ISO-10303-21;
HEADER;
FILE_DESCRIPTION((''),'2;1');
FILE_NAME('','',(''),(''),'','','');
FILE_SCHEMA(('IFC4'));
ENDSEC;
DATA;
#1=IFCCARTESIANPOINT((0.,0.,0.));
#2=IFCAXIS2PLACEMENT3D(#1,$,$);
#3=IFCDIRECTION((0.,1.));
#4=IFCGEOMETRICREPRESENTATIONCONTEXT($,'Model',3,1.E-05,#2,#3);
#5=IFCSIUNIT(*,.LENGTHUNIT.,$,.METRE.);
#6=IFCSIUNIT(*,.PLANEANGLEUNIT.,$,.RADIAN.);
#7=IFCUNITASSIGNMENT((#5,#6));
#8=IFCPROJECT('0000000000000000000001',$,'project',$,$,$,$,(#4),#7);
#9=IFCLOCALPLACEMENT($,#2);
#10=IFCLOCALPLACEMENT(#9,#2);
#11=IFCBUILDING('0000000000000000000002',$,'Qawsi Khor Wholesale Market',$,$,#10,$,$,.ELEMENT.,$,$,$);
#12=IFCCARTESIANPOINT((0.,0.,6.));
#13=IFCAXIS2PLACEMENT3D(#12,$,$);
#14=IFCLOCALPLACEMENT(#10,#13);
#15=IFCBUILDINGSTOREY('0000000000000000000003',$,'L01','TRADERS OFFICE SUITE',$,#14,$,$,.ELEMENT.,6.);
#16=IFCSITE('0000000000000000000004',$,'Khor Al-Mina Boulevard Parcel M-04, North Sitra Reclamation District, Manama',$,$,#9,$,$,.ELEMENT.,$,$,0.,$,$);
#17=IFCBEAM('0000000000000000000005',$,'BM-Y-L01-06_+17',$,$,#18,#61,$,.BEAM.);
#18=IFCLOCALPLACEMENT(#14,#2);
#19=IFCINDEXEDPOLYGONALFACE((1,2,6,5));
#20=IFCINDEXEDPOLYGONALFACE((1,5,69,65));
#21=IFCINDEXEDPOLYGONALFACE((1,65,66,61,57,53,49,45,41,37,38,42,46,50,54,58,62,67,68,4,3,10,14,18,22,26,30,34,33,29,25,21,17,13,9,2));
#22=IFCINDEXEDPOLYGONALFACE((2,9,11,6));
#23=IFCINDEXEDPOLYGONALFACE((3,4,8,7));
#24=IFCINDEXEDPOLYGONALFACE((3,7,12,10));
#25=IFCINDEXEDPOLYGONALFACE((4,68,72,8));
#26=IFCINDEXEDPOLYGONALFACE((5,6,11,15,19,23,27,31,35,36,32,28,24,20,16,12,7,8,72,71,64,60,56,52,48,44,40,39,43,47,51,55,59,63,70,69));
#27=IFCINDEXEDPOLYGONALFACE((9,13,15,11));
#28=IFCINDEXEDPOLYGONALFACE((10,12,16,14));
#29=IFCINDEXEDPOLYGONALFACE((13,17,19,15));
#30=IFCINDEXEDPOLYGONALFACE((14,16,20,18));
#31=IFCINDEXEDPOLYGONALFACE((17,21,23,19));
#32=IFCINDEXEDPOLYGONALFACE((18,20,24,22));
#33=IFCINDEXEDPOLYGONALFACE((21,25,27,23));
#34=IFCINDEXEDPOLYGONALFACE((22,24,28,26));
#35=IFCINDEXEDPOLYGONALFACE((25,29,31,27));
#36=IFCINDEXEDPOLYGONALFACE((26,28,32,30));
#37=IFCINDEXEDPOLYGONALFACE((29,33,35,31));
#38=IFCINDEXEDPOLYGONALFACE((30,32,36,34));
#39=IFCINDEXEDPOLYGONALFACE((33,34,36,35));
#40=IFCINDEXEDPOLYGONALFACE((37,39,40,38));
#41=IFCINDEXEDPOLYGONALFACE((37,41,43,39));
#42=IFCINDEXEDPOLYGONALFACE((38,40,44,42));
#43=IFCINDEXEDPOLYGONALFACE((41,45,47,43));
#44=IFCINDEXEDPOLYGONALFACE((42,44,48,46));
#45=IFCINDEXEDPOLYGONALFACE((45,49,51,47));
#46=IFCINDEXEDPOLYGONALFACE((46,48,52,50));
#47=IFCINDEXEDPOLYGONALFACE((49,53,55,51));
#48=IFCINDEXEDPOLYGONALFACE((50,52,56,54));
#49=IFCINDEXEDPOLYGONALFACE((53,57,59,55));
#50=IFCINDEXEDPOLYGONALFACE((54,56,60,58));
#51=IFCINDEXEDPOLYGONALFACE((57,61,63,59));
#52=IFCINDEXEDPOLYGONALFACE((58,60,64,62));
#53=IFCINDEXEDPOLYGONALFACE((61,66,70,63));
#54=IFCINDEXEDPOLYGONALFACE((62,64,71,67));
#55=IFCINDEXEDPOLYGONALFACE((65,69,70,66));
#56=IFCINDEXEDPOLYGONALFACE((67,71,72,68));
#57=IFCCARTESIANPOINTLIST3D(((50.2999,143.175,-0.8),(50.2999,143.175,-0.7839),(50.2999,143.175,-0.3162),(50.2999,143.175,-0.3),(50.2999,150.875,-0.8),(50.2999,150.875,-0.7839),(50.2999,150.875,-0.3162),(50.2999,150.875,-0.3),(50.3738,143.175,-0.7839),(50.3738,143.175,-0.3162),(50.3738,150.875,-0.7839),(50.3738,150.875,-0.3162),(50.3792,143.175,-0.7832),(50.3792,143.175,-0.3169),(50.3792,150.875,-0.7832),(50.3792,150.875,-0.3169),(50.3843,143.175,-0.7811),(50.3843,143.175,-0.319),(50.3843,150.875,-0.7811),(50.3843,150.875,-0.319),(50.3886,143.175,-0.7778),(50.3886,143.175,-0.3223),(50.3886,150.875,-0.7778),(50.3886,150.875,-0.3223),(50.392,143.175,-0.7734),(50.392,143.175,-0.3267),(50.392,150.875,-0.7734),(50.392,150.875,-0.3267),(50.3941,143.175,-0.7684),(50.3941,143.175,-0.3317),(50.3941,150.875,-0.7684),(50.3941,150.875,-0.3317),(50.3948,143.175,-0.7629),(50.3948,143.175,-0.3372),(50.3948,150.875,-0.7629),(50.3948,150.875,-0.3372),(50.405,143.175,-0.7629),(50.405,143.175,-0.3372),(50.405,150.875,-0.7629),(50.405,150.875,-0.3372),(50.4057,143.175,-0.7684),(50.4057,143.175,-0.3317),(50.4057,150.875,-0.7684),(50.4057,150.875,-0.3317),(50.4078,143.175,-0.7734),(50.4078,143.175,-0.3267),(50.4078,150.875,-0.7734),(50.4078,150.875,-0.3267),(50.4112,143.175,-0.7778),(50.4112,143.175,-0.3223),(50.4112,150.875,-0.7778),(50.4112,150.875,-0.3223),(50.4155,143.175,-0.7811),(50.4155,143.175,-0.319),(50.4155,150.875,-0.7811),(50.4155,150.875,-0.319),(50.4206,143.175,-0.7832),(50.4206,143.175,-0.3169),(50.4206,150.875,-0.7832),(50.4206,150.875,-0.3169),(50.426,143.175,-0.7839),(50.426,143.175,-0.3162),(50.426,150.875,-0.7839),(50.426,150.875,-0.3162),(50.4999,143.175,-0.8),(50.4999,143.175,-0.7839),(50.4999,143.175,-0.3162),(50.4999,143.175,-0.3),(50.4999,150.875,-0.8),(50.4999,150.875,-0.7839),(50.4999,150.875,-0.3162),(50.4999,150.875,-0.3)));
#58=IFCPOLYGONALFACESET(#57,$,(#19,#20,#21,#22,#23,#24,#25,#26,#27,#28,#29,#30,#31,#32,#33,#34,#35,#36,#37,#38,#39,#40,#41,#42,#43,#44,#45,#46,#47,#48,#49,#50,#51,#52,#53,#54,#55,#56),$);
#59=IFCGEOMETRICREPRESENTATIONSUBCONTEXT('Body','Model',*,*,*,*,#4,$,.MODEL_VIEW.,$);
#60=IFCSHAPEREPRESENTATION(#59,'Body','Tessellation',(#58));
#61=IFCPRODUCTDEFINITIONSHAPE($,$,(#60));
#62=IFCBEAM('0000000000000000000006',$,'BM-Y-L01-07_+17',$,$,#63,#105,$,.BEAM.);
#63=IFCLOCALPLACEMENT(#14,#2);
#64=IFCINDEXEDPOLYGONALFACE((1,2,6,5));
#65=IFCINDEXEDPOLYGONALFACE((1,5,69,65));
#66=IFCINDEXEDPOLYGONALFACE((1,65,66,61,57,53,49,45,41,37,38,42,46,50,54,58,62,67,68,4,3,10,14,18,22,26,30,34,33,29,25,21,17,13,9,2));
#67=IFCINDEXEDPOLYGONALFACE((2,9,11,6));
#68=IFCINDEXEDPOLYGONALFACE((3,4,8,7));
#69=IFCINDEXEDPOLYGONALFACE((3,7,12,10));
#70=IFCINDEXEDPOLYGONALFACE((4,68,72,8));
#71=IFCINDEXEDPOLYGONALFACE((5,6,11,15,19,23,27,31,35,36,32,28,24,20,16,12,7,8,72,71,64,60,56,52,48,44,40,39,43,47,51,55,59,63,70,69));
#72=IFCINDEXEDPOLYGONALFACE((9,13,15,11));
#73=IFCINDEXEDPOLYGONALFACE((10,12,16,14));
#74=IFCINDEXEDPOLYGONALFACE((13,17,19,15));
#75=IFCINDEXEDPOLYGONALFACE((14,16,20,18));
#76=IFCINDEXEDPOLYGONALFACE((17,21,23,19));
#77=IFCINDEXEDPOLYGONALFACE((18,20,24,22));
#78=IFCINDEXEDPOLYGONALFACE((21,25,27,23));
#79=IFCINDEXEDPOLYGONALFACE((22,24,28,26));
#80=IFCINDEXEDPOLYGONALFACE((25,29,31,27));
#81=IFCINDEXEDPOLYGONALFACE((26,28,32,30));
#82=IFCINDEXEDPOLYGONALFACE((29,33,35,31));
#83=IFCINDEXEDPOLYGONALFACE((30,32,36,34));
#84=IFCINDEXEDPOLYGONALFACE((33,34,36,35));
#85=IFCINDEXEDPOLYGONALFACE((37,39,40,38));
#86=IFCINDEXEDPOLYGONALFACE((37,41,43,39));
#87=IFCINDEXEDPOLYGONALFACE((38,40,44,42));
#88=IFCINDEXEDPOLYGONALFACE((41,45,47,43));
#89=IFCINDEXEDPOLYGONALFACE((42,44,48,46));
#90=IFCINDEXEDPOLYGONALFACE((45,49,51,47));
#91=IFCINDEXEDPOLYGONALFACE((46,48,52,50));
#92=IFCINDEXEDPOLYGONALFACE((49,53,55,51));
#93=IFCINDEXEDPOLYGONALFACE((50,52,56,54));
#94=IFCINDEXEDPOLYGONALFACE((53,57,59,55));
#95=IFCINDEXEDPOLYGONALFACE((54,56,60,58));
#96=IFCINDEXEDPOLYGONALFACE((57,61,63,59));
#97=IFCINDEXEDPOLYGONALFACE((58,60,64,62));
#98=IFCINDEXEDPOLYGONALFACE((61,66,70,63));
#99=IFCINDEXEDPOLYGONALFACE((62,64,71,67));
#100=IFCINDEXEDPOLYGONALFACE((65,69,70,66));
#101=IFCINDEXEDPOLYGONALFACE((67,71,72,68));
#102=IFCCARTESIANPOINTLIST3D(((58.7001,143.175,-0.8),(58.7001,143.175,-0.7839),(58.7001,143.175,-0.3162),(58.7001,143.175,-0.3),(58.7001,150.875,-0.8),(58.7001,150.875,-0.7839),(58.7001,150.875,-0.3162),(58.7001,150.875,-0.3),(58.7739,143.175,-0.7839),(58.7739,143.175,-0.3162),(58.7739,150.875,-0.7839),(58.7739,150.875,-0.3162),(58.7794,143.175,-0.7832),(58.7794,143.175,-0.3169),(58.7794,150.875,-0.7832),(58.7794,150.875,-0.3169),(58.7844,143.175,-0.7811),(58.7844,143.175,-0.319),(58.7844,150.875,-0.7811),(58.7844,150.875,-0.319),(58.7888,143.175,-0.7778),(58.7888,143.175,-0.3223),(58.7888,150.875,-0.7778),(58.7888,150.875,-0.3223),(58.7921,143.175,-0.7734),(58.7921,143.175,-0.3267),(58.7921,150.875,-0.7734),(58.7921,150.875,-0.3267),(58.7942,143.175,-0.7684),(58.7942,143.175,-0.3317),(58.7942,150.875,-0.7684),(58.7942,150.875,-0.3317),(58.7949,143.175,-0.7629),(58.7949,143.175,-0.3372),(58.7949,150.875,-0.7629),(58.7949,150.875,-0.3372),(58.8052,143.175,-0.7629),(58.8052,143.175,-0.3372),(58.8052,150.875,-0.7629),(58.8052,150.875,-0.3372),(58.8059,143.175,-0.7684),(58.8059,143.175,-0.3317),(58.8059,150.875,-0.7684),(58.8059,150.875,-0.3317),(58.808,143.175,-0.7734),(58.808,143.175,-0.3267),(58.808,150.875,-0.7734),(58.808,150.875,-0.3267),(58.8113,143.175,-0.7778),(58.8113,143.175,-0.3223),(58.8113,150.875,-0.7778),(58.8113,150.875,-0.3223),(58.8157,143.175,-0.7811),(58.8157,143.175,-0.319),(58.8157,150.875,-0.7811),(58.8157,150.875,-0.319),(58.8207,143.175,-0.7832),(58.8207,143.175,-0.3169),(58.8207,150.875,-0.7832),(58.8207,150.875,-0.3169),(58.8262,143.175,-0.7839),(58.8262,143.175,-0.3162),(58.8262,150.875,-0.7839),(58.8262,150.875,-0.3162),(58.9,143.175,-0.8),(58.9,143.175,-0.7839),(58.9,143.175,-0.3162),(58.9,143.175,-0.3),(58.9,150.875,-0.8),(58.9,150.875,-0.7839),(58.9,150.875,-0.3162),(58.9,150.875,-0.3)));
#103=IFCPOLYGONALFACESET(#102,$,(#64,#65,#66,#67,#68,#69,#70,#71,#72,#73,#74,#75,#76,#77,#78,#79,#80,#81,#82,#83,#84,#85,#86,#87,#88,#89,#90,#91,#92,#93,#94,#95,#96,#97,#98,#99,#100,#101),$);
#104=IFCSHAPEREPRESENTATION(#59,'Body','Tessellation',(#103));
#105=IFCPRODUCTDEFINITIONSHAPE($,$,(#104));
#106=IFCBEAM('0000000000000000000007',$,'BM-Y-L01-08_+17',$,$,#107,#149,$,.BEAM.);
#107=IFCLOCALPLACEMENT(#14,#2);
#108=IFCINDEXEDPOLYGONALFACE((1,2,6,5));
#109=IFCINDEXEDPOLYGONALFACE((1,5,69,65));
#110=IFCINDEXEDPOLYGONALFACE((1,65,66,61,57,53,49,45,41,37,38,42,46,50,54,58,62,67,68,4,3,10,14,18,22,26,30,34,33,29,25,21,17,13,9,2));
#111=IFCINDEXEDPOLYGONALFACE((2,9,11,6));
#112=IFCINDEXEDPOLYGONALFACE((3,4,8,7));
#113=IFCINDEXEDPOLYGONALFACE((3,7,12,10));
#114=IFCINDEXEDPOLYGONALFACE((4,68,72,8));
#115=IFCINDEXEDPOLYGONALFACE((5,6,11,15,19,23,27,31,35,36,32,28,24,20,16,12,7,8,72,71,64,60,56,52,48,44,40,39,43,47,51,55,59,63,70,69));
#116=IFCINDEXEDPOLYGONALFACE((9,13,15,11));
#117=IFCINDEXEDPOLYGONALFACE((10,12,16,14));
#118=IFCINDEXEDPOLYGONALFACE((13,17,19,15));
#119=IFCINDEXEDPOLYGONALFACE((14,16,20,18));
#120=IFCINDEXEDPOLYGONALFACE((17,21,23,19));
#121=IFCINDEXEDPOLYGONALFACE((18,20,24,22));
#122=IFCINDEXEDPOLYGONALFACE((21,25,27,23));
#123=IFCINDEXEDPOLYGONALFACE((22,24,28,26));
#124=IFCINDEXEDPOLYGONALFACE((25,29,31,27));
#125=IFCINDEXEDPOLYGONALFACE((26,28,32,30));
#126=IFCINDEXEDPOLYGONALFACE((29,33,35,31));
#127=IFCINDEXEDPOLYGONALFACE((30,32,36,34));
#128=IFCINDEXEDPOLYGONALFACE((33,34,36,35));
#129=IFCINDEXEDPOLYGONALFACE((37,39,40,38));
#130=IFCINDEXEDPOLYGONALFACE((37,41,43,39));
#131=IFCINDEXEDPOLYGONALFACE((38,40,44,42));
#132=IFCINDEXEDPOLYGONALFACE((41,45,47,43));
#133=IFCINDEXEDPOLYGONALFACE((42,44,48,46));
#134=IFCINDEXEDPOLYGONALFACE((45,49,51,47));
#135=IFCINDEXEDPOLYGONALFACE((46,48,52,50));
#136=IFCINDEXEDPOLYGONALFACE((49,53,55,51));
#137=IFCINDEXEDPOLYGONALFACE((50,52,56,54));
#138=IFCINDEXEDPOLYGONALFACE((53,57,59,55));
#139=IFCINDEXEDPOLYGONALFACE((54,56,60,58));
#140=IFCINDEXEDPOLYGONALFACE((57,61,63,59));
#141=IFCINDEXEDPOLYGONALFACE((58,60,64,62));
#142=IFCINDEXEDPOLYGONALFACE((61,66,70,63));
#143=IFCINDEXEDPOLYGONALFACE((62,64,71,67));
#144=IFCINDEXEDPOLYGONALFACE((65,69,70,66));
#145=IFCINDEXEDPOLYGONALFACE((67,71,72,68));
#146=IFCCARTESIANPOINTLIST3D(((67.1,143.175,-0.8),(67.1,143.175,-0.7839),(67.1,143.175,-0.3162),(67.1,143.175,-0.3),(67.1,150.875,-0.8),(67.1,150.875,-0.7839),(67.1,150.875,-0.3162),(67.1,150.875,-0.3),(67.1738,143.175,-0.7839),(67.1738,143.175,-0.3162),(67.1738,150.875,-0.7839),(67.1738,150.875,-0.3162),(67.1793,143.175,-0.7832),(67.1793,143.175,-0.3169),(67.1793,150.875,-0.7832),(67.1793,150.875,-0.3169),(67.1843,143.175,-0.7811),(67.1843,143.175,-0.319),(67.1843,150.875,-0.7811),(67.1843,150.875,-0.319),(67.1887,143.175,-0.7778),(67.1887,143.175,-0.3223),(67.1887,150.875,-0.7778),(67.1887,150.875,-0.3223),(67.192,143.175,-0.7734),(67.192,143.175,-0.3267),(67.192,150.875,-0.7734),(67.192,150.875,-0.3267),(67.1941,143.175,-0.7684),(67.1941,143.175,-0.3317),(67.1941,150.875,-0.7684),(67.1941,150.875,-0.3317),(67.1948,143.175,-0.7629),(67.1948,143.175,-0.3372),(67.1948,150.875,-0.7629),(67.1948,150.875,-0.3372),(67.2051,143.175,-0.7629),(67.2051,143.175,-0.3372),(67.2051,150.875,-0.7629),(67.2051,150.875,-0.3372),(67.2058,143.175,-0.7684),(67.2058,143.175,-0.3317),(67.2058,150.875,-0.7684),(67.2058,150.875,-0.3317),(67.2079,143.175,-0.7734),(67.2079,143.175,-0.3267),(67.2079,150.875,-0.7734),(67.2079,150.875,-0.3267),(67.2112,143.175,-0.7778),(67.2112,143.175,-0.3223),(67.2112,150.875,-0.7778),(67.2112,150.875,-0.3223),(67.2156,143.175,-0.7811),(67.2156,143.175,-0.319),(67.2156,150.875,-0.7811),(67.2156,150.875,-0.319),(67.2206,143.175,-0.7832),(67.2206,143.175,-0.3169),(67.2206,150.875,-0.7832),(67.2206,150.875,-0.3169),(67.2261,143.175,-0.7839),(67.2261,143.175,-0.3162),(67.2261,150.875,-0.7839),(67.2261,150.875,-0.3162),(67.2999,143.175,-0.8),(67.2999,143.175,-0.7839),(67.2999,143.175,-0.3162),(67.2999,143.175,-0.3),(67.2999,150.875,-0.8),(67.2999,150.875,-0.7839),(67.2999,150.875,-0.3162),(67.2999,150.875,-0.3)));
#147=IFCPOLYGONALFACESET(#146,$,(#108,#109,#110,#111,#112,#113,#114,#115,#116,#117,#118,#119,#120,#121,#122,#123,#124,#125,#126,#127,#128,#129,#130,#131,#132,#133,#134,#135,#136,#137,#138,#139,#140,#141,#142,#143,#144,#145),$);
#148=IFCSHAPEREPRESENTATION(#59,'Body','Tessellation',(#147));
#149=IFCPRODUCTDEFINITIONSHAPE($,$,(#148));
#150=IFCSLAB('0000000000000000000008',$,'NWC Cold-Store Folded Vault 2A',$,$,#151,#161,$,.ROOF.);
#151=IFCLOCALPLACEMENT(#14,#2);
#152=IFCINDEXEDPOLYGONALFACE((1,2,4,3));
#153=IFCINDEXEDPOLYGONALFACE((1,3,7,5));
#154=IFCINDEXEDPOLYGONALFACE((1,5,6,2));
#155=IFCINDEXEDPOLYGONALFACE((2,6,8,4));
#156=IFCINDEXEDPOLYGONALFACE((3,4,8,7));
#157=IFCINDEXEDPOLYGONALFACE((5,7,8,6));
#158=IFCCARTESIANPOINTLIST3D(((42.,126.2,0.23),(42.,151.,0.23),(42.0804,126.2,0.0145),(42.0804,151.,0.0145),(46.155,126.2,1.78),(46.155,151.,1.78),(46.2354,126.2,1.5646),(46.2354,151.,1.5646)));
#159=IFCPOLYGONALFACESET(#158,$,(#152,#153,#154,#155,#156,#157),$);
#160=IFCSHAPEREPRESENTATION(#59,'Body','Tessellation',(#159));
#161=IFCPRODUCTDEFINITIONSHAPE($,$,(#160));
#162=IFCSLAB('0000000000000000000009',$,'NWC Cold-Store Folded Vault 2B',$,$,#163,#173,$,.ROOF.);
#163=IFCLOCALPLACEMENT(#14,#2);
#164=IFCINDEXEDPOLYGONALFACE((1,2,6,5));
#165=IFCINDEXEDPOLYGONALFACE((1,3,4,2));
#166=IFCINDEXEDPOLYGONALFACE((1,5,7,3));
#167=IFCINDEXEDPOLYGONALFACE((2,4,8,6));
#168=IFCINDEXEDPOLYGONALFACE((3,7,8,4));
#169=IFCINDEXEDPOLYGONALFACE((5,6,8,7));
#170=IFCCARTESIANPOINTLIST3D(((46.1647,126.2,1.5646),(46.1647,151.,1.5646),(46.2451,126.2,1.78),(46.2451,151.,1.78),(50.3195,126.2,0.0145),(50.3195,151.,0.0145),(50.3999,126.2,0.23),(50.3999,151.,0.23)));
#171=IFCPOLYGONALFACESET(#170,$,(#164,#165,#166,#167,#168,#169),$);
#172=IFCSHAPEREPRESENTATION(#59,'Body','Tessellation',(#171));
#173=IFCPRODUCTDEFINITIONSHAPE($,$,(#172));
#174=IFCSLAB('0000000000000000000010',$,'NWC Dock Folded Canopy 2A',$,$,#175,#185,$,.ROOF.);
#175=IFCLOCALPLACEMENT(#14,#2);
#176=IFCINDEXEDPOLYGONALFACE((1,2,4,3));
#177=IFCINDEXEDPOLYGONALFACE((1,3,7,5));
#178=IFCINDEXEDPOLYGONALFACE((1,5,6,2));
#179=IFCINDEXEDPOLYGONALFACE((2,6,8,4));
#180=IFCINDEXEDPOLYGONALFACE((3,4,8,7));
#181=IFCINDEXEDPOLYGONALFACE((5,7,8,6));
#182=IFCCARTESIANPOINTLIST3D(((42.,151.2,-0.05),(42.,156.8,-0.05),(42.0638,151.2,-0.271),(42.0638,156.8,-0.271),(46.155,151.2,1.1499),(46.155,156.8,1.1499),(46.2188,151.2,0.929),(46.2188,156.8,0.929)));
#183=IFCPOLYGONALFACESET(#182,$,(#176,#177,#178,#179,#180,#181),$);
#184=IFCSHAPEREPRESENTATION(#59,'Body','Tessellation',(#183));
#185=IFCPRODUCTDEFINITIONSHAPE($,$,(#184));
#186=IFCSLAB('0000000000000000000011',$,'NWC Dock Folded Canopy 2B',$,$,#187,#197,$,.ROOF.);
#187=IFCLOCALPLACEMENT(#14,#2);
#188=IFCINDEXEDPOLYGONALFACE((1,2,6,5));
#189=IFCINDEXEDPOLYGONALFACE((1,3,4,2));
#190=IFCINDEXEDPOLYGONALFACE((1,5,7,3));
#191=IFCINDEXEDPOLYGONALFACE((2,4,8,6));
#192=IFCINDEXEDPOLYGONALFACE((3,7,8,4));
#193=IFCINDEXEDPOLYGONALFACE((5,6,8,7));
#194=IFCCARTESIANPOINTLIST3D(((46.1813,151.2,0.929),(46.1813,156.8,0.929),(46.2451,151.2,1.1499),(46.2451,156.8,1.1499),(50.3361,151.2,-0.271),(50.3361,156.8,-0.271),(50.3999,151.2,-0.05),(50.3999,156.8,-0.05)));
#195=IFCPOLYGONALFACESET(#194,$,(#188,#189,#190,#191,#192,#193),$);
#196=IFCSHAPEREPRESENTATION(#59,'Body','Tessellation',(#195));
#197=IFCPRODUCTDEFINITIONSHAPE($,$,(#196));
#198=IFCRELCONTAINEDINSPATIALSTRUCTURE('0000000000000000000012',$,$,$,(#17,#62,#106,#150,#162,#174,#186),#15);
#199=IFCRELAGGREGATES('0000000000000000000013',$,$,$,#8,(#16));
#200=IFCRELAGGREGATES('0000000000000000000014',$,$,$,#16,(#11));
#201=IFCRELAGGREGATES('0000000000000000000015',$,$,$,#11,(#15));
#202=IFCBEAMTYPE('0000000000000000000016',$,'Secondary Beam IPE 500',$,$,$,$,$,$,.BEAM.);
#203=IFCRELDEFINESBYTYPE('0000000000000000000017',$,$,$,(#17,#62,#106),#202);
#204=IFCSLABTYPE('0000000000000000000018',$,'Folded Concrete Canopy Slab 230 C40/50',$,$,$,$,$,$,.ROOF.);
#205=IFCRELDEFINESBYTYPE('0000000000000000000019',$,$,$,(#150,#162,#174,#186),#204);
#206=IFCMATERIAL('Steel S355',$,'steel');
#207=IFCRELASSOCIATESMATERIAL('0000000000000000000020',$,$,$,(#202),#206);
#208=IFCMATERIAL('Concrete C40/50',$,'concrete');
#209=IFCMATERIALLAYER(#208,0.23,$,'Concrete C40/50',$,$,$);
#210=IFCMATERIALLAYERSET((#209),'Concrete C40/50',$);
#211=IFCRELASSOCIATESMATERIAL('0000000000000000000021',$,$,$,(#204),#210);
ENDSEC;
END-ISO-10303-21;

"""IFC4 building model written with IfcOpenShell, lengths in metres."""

from ifc_helpers import new_model, si_unit, direction, frame, origin, origin_2d, place, context, subcontext, project, spatial, polyline, i_section, outline, extrude, material, layer, layer_set, material_profile, profile_set, type_object, element, save


model = new_model("IFC4")

# Units and contexts
model_context = context("Model", 3, precision=1e-05, world=origin(), true_north=direction((0.0, 1.0)))
body_context = subcontext(model_context, "Body", "Model", "MODEL_VIEW")
ifc_project = project(units=[si_unit("LENGTHUNIT", "METRE"), si_unit("PLANEANGLEUNIT", "RADIAN")], contexts=[model_context])

# Site, building, storey
site_placement = place(None, origin())
site = spatial("IfcSite", under=ifc_project, at=site_placement, Name="Khor Al-Mina Boulevard Parcel M-04, North Sitra Reclamation District, Manama", CompositionType="ELEMENT", RefElevation=0.0)
building_placement = place(site_placement, origin())
building = spatial("IfcBuilding", under=site, at=building_placement, Name="Qawsi Khor Wholesale Market", CompositionType="ELEMENT")
storey_placement = place(building_placement, frame((0.0, 0.0, 6.0)))
storey = spatial("IfcBuildingStorey", under=building, at=storey_placement, Name="L01", Description="TRADERS OFFICE SUITE", CompositionType="ELEMENT", Elevation=6.0)

# Beams
ifc_material_1 = material(Name="Steel S355", Category="steel")
ifc_material_profile_1 = material_profile(ifc_material_1, i_section(OverallWidth=0.2, OverallDepth=0.5, WebThickness=0.0103, FlangeThickness=0.0161, FilletRadius=0.021, at=origin_2d()), Name="IPE 500")
ifc_profile_set_1 = profile_set([ifc_material_profile_1], Name="Steel S355")
beam_type_1 = type_object("IfcBeamType", Name="Secondary Beam IPE 500", PredefinedType="BEAM", material=ifc_profile_set_1)
for number, where, z_axis, x_axis, name in (
    (1, (50.3999, 143.175, -0.55), (0.0, 1.0, 0.0), (-1.0, 0.0, 0.0), "BM-Y-L01-06_+17"),
    (2, (58.8, 143.175, -0.55), (0.0, 1.0, 0.0), (-1.0, 0.0, 0.0), "BM-Y-L01-07_+17"),
    (3, (67.2, 143.175, -0.55), (0.0, 1.0, 0.0), (-1.0, 0.0, 0.0), "BM-Y-L01-08_+17"),
):
    element("IfcBeam", number, at=place(storey_placement, frame(where, z_axis=z_axis, x_axis=x_axis)), inside=storey, type_object=beam_type_1, Name=name, PredefinedType="BEAM", context=body_context, shape_type="SweptSolid", body=[
        extrude(i_section(OverallWidth=0.2, OverallDepth=0.5, WebThickness=0.0103, FlangeThickness=0.0161, FilletRadius=0.021, at=origin_2d()), origin(), (0.0, 0.0, 1.0), 7.7),
    ])

# Slabs
ifc_material_2 = material(Name="Concrete C40/50", Category="concrete")
ifc_layer = layer(ifc_material_2, 0.23, Name="Concrete C40/50")
ifc_layer_set = layer_set([ifc_layer], Name="Concrete C40/50")
slab_type = type_object("IfcSlabType", Name="Folded Concrete Canopy Slab 230 C40/50", PredefinedType="ROOF", material=ifc_layer_set)
slab_1_placement = place(storey_placement, frame((42.0, 126.2, 0.23), z_axis=(-0.349524, 0.0, 0.936927), x_axis=(0.936927, 0.0, 0.349524)))
element("IfcSlab", 4, at=slab_1_placement, inside=storey, type_object=slab_type, Name="NWC Cold-Store Folded Vault 2A", PredefinedType="ROOF", context=body_context, shape_type="SweptSolid", body=[
    extrude(outline(polyline([(0.0, 0.0), (4.4347, 0.0), (4.4347, 24.8), (0.0, 24.8), (0.0, 0.0)])), origin(), (0.0, 0.0, -1.0), 0.23),
])
slab_2_placement = place(storey_placement, frame((46.2451, 126.2, 1.78), z_axis=(0.349542, 0.0, 0.936921), x_axis=(0.936921, 0.0, -0.349542)))
element("IfcSlab", 5, at=slab_2_placement, inside=storey, type_object=slab_type, Name="NWC Cold-Store Folded Vault 2B", PredefinedType="ROOF", context=body_context, shape_type="SweptSolid", body=[
    extrude(outline(polyline([(0.0, 0.0), (4.4345, 0.0), (4.4345, 24.8), (0.0, 24.8), (0.0, 0.0)])), origin(), (0.0, 0.0, -1.0), 0.23),
])
slab_3_placement = place(storey_placement, frame((42.0, 151.2, -0.05), z_axis=(-0.277456, 0.0, 0.960738), x_axis=(0.960738, 0.0, 0.277456)))
element("IfcSlab", 6, at=slab_3_placement, inside=storey, type_object=slab_type, Name="NWC Dock Folded Canopy 2A", PredefinedType="ROOF", context=body_context, shape_type="SweptSolid", body=[
    extrude(outline(polyline([(0.0, 0.0), (4.3248, 0.0), (4.3248, 5.6001), (0.0, 5.6001), (0.0, 0.0)])), origin(), (0.0, 0.0, -1.0), 0.23),
])
slab_4_placement = place(storey_placement, frame((46.2451, 151.2, 1.1499), z_axis=(0.277471, 0.0, 0.960734), x_axis=(0.960734, 0.0, -0.277471)))
element("IfcSlab", 7, at=slab_4_placement, inside=storey, type_object=slab_type, Name="NWC Dock Folded Canopy 2B", PredefinedType="ROOF", context=body_context, shape_type="SweptSolid", body=[
    extrude(outline(polyline([(0.0, 0.0), (4.3246, 0.0), (4.3246, 5.6001), (0.0, 5.6001), (0.0, 0.0)])), origin(), (0.0, 0.0, -1.0), 0.23),
])

save(model, "model.ifc")
